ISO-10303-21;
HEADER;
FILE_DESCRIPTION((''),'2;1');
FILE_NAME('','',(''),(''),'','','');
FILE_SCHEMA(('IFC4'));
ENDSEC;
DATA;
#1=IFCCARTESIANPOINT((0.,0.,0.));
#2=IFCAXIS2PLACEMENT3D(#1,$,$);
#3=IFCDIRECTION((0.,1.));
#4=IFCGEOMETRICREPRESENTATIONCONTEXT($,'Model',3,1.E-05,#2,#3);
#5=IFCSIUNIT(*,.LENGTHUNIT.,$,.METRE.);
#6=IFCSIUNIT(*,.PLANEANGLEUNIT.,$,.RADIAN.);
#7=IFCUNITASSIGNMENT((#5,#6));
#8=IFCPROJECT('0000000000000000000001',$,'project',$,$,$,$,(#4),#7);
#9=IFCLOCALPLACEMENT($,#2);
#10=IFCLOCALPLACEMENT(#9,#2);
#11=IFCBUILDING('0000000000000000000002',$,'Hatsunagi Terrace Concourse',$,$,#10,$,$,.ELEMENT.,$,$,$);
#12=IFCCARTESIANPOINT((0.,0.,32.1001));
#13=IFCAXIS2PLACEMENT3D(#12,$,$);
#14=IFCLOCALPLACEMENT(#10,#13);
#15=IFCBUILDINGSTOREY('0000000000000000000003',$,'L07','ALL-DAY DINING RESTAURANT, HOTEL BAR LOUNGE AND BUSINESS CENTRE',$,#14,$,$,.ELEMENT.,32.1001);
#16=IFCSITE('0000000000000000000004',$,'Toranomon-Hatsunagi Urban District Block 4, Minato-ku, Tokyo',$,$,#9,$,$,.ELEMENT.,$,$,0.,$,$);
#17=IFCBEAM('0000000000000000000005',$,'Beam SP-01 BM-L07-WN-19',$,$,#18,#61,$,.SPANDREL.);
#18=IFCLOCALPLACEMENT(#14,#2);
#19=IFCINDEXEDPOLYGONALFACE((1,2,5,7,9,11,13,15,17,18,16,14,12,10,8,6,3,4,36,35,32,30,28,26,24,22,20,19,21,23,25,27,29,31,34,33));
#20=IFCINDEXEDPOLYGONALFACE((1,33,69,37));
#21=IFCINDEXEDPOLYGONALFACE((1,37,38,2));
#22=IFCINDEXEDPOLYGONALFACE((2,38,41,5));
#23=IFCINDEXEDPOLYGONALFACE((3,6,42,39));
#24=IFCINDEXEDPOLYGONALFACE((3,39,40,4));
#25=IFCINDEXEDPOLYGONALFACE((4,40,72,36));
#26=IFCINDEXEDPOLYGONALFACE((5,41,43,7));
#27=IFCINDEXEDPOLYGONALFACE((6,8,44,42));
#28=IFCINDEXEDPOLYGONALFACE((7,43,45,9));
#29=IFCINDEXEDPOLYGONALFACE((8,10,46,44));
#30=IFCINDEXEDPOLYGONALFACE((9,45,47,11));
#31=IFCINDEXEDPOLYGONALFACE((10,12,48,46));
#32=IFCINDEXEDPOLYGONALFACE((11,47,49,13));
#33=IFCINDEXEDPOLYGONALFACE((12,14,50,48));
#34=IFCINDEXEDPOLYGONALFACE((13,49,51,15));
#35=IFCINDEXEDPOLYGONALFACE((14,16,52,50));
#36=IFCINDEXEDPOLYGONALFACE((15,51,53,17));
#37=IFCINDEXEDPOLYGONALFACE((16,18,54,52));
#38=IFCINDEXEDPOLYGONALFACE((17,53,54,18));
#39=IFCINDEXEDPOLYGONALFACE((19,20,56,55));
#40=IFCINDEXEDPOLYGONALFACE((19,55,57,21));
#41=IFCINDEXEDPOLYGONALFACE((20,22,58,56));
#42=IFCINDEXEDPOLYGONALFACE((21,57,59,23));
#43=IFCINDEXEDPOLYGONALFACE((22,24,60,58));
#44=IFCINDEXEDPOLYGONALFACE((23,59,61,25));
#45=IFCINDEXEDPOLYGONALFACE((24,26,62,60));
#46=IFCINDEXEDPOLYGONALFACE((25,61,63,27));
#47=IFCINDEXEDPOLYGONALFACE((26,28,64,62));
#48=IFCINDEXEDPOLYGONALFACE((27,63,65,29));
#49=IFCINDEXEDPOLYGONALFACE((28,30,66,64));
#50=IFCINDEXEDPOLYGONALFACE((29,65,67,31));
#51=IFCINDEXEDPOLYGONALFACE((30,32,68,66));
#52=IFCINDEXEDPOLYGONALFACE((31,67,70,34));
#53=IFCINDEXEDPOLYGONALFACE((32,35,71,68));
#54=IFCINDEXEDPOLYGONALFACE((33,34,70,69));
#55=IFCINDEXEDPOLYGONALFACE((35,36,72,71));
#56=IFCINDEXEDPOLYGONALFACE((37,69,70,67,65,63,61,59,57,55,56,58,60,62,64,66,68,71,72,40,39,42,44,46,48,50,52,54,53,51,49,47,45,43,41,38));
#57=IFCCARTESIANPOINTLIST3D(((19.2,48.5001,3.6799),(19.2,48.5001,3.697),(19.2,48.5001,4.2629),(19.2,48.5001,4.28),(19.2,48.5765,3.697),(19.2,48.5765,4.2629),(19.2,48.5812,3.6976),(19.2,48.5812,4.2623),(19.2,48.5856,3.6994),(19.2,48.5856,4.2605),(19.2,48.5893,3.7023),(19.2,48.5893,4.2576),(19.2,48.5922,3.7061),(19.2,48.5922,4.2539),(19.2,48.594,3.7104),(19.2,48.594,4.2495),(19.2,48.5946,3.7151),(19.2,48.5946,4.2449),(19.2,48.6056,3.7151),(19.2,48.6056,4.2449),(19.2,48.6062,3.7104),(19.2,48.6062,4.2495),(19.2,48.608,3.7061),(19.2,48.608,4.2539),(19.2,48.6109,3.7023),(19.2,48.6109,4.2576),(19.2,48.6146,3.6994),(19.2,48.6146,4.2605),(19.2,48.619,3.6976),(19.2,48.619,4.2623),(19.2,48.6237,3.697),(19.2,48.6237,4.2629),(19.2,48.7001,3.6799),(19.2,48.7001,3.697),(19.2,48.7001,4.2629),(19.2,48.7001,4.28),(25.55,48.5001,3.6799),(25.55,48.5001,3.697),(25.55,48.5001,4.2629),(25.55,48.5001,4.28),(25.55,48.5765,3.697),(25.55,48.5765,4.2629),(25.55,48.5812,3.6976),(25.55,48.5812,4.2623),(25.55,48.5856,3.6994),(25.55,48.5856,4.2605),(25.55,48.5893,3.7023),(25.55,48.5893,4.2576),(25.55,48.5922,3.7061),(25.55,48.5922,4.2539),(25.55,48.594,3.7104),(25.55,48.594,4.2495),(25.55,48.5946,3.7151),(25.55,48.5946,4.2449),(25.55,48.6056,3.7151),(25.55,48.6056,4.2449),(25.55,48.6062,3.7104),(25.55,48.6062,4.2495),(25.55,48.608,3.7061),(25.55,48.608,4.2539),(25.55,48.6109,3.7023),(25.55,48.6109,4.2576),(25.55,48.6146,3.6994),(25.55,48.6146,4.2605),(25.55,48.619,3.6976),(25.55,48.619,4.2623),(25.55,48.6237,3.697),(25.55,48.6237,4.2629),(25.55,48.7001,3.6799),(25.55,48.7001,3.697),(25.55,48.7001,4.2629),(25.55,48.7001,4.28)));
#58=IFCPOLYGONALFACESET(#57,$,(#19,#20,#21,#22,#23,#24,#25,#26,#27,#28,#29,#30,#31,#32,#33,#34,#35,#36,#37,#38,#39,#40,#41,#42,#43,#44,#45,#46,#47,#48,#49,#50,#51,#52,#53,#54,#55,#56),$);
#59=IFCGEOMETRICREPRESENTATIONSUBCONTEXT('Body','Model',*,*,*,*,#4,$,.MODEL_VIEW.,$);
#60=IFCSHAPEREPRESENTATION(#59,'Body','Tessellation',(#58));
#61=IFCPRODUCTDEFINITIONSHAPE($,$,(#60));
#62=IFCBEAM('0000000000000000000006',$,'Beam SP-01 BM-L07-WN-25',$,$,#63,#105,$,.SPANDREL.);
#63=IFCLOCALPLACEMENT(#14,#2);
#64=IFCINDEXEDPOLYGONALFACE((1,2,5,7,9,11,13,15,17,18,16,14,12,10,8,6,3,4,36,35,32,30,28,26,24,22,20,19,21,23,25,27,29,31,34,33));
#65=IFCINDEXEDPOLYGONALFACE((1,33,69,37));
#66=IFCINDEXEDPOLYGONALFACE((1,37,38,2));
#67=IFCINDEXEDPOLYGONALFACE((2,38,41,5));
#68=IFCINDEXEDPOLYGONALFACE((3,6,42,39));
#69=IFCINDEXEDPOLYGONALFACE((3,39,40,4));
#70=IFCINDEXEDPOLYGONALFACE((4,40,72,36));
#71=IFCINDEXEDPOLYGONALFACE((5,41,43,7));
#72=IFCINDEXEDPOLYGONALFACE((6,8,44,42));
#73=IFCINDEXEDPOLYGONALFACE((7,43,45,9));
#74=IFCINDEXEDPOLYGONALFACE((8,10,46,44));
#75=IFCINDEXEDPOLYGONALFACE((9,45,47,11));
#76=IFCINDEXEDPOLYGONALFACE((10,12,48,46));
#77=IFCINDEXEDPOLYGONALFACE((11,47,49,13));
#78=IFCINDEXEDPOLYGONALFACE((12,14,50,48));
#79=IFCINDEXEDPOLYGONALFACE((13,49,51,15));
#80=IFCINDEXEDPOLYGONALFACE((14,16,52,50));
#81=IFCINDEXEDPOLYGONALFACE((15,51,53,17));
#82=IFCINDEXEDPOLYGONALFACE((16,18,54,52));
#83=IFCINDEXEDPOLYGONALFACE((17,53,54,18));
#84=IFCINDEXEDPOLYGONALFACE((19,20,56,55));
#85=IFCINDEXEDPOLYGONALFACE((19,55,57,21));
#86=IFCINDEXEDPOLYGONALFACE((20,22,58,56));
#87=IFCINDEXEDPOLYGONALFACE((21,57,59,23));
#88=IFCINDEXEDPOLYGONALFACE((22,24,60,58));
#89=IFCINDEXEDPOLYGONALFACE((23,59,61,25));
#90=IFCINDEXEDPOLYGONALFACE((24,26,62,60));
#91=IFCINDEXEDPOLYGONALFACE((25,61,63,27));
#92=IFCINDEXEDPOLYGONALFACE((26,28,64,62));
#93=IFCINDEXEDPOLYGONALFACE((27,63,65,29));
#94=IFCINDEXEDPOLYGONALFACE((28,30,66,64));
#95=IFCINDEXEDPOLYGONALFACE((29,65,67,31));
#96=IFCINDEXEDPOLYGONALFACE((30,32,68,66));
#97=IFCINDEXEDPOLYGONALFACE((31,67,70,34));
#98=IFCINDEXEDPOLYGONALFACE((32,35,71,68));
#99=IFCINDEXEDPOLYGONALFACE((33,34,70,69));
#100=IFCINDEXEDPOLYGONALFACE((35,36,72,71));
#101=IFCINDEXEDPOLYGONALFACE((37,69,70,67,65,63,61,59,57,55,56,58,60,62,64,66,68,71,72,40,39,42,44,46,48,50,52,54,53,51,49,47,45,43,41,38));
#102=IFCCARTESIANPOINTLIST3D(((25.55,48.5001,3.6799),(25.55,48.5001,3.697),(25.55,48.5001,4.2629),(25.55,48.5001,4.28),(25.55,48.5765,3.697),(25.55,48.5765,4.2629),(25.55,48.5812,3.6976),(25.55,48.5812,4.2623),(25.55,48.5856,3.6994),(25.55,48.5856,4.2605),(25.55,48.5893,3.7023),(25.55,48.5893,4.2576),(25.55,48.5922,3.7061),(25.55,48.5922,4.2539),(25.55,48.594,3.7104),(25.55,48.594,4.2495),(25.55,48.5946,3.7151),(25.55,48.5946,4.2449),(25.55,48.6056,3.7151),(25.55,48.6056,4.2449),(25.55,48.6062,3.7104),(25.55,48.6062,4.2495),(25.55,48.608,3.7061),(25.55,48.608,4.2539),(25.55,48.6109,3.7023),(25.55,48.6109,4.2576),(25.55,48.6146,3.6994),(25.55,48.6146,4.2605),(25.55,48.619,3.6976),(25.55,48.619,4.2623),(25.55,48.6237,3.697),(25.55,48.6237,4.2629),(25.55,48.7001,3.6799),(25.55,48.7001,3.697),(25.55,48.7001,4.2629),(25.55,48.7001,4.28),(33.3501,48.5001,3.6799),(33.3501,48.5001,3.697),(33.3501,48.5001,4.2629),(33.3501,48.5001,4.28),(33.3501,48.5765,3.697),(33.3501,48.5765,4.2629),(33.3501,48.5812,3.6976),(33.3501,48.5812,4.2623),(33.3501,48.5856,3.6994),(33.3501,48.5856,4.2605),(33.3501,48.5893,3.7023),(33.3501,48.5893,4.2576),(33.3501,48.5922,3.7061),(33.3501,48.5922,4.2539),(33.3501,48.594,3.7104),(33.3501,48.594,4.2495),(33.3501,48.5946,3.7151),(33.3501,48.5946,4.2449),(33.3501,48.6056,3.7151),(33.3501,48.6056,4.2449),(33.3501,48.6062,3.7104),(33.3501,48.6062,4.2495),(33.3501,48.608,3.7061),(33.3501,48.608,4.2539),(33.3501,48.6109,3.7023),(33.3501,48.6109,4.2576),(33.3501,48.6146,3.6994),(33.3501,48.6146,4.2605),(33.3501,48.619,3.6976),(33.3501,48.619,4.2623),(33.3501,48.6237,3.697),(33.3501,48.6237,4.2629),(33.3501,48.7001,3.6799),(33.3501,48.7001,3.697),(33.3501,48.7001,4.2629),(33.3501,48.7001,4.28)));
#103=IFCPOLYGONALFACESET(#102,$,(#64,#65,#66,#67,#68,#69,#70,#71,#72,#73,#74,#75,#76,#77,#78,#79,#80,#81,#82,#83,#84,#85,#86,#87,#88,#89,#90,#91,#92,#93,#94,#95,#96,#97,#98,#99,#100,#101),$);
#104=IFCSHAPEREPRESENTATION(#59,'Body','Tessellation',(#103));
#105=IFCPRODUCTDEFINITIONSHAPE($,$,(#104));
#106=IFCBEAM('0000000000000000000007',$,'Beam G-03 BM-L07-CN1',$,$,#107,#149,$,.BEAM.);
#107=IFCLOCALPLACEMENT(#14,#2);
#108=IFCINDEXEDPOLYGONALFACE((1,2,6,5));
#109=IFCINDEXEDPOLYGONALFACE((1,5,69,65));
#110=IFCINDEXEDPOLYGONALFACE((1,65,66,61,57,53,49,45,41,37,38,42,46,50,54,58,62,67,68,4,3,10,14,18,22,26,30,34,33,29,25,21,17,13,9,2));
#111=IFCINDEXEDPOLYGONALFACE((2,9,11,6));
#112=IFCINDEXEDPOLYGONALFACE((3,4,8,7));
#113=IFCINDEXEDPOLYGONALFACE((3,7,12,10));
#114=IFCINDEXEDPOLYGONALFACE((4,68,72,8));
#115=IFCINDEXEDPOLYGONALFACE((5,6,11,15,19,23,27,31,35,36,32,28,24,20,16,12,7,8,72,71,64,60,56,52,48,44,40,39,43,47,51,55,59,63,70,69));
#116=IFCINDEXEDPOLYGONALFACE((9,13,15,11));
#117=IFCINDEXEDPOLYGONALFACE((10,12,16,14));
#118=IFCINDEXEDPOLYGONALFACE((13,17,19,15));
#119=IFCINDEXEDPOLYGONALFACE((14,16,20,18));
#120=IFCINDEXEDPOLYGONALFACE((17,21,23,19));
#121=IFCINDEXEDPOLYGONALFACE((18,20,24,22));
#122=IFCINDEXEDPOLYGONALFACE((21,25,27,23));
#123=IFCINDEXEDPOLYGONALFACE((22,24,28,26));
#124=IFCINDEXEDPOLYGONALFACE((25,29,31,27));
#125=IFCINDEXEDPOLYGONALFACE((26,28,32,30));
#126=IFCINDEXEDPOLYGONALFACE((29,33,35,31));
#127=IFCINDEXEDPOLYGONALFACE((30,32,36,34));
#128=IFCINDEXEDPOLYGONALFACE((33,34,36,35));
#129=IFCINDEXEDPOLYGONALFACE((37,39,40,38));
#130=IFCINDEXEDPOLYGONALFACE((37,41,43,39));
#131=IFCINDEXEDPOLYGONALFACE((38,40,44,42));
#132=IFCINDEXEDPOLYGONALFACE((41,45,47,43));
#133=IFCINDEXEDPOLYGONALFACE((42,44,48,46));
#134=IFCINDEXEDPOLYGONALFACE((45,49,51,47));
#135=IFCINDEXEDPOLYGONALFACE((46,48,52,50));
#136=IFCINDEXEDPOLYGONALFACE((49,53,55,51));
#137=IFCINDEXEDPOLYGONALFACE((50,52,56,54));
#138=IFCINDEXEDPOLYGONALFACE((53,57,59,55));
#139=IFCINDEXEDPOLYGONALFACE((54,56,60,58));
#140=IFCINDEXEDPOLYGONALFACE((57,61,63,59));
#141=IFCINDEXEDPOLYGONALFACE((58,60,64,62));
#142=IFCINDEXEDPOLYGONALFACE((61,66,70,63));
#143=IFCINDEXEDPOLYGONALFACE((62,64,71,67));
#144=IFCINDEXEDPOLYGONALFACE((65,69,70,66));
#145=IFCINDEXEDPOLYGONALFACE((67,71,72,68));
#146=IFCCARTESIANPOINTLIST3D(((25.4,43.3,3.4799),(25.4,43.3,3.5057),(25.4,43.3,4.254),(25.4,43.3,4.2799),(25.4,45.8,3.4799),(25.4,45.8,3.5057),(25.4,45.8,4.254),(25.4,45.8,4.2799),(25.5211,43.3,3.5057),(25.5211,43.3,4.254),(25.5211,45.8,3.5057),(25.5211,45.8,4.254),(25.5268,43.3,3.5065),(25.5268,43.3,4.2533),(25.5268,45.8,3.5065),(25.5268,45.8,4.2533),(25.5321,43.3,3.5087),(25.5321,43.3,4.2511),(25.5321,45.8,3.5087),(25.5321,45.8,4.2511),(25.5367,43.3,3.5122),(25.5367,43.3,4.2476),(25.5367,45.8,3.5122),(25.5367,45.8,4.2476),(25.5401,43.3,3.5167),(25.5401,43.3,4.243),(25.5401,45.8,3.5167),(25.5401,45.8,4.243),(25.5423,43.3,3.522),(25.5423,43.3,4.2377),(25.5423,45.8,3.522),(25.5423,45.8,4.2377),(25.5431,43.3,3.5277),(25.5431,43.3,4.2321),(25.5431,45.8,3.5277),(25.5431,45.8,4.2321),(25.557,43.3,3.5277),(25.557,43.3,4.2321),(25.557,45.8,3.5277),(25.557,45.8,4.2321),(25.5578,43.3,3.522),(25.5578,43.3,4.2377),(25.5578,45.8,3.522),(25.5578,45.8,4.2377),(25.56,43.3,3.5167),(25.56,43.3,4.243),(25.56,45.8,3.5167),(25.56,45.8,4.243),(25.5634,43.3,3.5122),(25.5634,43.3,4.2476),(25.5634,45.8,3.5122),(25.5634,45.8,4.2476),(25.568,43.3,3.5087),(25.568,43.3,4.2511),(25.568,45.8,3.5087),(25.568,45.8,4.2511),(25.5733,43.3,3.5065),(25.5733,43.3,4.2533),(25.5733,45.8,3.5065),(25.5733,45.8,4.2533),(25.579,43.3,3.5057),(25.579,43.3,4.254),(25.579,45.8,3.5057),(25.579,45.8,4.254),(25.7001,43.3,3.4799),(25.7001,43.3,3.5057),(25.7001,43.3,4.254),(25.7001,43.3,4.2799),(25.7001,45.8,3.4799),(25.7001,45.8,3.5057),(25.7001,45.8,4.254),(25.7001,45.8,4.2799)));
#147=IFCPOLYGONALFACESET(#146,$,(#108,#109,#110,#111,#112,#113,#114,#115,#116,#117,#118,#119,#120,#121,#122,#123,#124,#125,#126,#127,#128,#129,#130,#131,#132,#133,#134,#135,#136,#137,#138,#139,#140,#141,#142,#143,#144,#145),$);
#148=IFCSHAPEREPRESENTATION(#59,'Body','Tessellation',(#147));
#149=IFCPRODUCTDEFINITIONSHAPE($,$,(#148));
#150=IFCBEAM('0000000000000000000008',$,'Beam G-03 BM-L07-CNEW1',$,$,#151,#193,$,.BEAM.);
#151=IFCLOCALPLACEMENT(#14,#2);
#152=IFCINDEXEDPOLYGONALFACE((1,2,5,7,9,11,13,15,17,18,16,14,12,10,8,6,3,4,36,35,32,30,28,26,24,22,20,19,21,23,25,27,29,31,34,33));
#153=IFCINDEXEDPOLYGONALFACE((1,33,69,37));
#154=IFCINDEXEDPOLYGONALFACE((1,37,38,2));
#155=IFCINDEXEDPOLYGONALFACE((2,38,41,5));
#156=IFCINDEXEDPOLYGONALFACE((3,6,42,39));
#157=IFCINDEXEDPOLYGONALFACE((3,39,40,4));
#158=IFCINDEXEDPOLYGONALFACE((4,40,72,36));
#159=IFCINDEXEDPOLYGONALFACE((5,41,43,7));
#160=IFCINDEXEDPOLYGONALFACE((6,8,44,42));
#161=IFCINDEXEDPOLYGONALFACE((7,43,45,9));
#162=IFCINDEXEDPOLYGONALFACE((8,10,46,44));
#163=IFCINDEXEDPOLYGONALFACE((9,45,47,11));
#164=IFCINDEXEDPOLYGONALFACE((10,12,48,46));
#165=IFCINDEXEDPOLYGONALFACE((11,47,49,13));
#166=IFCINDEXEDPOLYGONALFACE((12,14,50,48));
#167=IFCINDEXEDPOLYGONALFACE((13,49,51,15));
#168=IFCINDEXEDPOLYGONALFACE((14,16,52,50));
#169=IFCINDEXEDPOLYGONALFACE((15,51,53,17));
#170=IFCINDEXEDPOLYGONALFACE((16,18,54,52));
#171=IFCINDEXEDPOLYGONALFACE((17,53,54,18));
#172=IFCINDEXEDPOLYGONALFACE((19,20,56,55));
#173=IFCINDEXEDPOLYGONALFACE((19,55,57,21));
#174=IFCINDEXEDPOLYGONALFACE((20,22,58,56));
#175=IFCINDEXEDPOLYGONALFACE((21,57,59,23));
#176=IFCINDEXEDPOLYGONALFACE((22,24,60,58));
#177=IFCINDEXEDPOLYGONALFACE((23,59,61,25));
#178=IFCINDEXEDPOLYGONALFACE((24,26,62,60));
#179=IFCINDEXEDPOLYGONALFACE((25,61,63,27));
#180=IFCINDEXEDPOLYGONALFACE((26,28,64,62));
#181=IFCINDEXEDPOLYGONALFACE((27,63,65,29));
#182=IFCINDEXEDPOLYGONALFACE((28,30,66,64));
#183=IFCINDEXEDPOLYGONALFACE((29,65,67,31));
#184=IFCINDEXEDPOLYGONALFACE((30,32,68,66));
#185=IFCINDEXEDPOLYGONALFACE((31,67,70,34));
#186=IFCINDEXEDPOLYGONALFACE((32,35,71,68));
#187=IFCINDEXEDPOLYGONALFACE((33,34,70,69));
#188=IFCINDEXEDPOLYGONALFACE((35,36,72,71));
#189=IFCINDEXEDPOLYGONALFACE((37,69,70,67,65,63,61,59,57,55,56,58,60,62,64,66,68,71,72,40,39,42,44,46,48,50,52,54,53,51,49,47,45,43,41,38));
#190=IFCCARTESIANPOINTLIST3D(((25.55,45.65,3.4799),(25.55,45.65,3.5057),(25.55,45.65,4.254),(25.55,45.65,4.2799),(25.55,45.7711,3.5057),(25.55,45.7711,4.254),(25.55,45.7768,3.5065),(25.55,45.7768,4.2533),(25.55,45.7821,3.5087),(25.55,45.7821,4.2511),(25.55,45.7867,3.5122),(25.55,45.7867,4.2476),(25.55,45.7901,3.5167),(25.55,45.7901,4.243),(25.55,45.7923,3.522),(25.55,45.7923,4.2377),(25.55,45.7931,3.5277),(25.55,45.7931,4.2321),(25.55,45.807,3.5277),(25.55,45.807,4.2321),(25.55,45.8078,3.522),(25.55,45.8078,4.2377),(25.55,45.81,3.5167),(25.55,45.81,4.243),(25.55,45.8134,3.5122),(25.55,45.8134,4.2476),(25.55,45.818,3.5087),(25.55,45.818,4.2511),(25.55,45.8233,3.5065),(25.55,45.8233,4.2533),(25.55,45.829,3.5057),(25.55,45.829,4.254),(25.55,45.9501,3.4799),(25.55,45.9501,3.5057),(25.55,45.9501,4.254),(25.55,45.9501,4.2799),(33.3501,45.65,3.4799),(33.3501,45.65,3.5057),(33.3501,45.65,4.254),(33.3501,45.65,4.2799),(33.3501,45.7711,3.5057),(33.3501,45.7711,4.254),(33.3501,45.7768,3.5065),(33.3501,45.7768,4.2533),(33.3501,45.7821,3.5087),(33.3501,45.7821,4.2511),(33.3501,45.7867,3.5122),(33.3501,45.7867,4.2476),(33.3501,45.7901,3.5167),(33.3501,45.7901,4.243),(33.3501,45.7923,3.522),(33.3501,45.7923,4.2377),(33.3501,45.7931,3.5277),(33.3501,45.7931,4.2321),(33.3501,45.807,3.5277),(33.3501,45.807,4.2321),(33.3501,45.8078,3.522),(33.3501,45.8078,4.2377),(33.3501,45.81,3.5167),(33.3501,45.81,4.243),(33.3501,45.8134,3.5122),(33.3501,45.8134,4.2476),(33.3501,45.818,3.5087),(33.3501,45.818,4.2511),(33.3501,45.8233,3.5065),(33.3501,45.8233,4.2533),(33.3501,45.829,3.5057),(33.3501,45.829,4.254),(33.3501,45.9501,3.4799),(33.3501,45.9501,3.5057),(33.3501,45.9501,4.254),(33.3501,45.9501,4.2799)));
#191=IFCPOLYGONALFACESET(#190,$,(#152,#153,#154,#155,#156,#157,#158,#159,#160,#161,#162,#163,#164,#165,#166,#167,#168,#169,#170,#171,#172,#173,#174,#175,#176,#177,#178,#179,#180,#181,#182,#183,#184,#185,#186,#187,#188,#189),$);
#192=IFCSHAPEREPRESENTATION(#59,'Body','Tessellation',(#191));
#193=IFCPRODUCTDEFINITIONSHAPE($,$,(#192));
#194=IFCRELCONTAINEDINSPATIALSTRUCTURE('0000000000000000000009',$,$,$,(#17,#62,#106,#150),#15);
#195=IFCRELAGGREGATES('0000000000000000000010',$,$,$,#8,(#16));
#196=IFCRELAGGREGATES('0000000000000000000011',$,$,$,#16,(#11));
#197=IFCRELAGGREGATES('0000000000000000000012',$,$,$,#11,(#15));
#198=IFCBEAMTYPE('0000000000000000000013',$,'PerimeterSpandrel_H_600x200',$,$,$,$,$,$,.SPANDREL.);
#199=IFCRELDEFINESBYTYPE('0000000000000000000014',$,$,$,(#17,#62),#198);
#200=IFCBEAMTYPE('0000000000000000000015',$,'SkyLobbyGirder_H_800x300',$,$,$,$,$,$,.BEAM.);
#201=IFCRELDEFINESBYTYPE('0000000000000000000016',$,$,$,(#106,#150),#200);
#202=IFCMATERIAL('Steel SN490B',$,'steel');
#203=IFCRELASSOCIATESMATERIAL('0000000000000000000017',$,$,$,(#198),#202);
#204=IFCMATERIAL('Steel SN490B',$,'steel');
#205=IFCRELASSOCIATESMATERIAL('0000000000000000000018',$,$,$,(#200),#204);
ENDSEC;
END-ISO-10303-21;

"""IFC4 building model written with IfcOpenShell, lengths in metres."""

from ifc_helpers import new_model, si_unit, direction, frame, origin, origin_2d, place, context, subcontext, project, spatial, i_section, extrude, material, material_profile, profile_set, type_object, element, save


model = new_model("IFC4")

# Units and contexts
model_context = context("Model", 3, precision=1e-05, world=origin(), true_north=direction((0.0, 1.0)))
body_context = subcontext(model_context, "Body", "Model", "MODEL_VIEW")
ifc_project = project(units=[si_unit("LENGTHUNIT", "METRE"), si_unit("PLANEANGLEUNIT", "RADIAN")], contexts=[model_context])

# Site, building, storey
site_placement = place(None, origin())
site = spatial("IfcSite", under=ifc_project, at=site_placement, Name="Toranomon-Hatsunagi Urban District Block 4, Minato-ku, Tokyo", CompositionType="ELEMENT", RefElevation=0.0)
building_placement = place(site_placement, origin())
building = spatial("IfcBuilding", under=site, at=building_placement, Name="Hatsunagi Terrace Concourse", CompositionType="ELEMENT")
storey_placement = place(building_placement, frame((0.0, 0.0, 32.1001)))
storey = spatial("IfcBuildingStorey", under=building, at=storey_placement, Name="L07", Description="ALL-DAY DINING RESTAURANT, HOTEL BAR LOUNGE AND BUSINESS CENTRE", CompositionType="ELEMENT", Elevation=32.1001)

# Beams
ifc_material_1 = material(Name="Steel SN490B", Category="steel")
ifc_material_profile_1 = material_profile(ifc_material_1, i_section(OverallWidth=0.2, OverallDepth=0.6001, WebThickness=0.011, FlangeThickness=0.0171, FilletRadius=0.0181, at=origin_2d()), Name="H-600x200x11x17")
ifc_profile_set_1 = profile_set([ifc_material_profile_1], Name="Steel SN490B")
beam_type_1 = type_object("IfcBeamType", Name="PerimeterSpandrel_H_600x200", PredefinedType="SPANDREL", material=ifc_profile_set_1)
beam_1_placement = place(storey_placement, frame((19.2, 48.6001, 3.98), z_axis=(1.0, 0.0, 0.0), x_axis=(0.0, 1.0, 0.0)))
element("IfcBeam", 1, at=beam_1_placement, inside=storey, type_object=beam_type_1, Name="Beam SP-01 BM-L07-WN-19", PredefinedType="SPANDREL", context=body_context, shape_type="SweptSolid", body=[
    extrude(i_section(OverallWidth=0.2, OverallDepth=0.6001, WebThickness=0.011, FlangeThickness=0.0171, FilletRadius=0.0181, at=origin_2d()), origin(), (0.0, 0.0, 1.0), 6.3501),
])
beam_2_placement = place(storey_placement, frame((25.55, 48.6001, 3.98), z_axis=(1.0, 0.0, 0.0), x_axis=(0.0, 1.0, 0.0)))
element("IfcBeam", 2, at=beam_2_placement, inside=storey, type_object=beam_type_1, Name="Beam SP-01 BM-L07-WN-25", PredefinedType="SPANDREL", context=body_context, shape_type="SweptSolid", body=[
    extrude(i_section(OverallWidth=0.2, OverallDepth=0.6001, WebThickness=0.011, FlangeThickness=0.0171, FilletRadius=0.0181, at=origin_2d()), origin(), (0.0, 0.0, 1.0), 7.8),
])
ifc_material_2 = material(Name="Steel SN490B", Category="steel")
ifc_material_profile_2 = material_profile(ifc_material_2, i_section(OverallWidth=0.3, OverallDepth=0.8, WebThickness=0.0139, FlangeThickness=0.0259, FilletRadius=0.022, at=origin_2d()), Name="H-800x300x14x26")
ifc_profile_set_2 = profile_set([ifc_material_profile_2], Name="Steel SN490B")
beam_type_2 = type_object("IfcBeamType", Name="SkyLobbyGirder_H_800x300", PredefinedType="BEAM", material=ifc_profile_set_2)
beam_3_placement = place(storey_placement, frame((25.55, 43.3, 3.8799), z_axis=(0.0, 1.0, 0.0), x_axis=(-1.0, 0.0, 0.0)))
element("IfcBeam", 3, at=beam_3_placement, inside=storey, type_object=beam_type_2, Name="Beam G-03 BM-L07-CN1", PredefinedType="BEAM", context=body_context, shape_type="SweptSolid", body=[
    extrude(i_section(OverallWidth=0.3, OverallDepth=0.8, WebThickness=0.0139, FlangeThickness=0.0259, FilletRadius=0.022, at=origin_2d()), origin(), (0.0, 0.0, 1.0), 2.5),
])
beam_4_placement = place(storey_placement, frame((25.55, 45.8, 3.8799), z_axis=(1.0, 0.0, 0.0), x_axis=(0.0, 1.0, 0.0)))
element("IfcBeam", 4, at=beam_4_placement, inside=storey, type_object=beam_type_2, Name="Beam G-03 BM-L07-CNEW1", PredefinedType="BEAM", context=body_context, shape_type="SweptSolid", body=[
    extrude(i_section(OverallWidth=0.3, OverallDepth=0.8, WebThickness=0.0139, FlangeThickness=0.0259, FilletRadius=0.022, at=origin_2d()), origin(), (0.0, 0.0, 1.0), 7.8),
])

save(model, "model.ifc")
